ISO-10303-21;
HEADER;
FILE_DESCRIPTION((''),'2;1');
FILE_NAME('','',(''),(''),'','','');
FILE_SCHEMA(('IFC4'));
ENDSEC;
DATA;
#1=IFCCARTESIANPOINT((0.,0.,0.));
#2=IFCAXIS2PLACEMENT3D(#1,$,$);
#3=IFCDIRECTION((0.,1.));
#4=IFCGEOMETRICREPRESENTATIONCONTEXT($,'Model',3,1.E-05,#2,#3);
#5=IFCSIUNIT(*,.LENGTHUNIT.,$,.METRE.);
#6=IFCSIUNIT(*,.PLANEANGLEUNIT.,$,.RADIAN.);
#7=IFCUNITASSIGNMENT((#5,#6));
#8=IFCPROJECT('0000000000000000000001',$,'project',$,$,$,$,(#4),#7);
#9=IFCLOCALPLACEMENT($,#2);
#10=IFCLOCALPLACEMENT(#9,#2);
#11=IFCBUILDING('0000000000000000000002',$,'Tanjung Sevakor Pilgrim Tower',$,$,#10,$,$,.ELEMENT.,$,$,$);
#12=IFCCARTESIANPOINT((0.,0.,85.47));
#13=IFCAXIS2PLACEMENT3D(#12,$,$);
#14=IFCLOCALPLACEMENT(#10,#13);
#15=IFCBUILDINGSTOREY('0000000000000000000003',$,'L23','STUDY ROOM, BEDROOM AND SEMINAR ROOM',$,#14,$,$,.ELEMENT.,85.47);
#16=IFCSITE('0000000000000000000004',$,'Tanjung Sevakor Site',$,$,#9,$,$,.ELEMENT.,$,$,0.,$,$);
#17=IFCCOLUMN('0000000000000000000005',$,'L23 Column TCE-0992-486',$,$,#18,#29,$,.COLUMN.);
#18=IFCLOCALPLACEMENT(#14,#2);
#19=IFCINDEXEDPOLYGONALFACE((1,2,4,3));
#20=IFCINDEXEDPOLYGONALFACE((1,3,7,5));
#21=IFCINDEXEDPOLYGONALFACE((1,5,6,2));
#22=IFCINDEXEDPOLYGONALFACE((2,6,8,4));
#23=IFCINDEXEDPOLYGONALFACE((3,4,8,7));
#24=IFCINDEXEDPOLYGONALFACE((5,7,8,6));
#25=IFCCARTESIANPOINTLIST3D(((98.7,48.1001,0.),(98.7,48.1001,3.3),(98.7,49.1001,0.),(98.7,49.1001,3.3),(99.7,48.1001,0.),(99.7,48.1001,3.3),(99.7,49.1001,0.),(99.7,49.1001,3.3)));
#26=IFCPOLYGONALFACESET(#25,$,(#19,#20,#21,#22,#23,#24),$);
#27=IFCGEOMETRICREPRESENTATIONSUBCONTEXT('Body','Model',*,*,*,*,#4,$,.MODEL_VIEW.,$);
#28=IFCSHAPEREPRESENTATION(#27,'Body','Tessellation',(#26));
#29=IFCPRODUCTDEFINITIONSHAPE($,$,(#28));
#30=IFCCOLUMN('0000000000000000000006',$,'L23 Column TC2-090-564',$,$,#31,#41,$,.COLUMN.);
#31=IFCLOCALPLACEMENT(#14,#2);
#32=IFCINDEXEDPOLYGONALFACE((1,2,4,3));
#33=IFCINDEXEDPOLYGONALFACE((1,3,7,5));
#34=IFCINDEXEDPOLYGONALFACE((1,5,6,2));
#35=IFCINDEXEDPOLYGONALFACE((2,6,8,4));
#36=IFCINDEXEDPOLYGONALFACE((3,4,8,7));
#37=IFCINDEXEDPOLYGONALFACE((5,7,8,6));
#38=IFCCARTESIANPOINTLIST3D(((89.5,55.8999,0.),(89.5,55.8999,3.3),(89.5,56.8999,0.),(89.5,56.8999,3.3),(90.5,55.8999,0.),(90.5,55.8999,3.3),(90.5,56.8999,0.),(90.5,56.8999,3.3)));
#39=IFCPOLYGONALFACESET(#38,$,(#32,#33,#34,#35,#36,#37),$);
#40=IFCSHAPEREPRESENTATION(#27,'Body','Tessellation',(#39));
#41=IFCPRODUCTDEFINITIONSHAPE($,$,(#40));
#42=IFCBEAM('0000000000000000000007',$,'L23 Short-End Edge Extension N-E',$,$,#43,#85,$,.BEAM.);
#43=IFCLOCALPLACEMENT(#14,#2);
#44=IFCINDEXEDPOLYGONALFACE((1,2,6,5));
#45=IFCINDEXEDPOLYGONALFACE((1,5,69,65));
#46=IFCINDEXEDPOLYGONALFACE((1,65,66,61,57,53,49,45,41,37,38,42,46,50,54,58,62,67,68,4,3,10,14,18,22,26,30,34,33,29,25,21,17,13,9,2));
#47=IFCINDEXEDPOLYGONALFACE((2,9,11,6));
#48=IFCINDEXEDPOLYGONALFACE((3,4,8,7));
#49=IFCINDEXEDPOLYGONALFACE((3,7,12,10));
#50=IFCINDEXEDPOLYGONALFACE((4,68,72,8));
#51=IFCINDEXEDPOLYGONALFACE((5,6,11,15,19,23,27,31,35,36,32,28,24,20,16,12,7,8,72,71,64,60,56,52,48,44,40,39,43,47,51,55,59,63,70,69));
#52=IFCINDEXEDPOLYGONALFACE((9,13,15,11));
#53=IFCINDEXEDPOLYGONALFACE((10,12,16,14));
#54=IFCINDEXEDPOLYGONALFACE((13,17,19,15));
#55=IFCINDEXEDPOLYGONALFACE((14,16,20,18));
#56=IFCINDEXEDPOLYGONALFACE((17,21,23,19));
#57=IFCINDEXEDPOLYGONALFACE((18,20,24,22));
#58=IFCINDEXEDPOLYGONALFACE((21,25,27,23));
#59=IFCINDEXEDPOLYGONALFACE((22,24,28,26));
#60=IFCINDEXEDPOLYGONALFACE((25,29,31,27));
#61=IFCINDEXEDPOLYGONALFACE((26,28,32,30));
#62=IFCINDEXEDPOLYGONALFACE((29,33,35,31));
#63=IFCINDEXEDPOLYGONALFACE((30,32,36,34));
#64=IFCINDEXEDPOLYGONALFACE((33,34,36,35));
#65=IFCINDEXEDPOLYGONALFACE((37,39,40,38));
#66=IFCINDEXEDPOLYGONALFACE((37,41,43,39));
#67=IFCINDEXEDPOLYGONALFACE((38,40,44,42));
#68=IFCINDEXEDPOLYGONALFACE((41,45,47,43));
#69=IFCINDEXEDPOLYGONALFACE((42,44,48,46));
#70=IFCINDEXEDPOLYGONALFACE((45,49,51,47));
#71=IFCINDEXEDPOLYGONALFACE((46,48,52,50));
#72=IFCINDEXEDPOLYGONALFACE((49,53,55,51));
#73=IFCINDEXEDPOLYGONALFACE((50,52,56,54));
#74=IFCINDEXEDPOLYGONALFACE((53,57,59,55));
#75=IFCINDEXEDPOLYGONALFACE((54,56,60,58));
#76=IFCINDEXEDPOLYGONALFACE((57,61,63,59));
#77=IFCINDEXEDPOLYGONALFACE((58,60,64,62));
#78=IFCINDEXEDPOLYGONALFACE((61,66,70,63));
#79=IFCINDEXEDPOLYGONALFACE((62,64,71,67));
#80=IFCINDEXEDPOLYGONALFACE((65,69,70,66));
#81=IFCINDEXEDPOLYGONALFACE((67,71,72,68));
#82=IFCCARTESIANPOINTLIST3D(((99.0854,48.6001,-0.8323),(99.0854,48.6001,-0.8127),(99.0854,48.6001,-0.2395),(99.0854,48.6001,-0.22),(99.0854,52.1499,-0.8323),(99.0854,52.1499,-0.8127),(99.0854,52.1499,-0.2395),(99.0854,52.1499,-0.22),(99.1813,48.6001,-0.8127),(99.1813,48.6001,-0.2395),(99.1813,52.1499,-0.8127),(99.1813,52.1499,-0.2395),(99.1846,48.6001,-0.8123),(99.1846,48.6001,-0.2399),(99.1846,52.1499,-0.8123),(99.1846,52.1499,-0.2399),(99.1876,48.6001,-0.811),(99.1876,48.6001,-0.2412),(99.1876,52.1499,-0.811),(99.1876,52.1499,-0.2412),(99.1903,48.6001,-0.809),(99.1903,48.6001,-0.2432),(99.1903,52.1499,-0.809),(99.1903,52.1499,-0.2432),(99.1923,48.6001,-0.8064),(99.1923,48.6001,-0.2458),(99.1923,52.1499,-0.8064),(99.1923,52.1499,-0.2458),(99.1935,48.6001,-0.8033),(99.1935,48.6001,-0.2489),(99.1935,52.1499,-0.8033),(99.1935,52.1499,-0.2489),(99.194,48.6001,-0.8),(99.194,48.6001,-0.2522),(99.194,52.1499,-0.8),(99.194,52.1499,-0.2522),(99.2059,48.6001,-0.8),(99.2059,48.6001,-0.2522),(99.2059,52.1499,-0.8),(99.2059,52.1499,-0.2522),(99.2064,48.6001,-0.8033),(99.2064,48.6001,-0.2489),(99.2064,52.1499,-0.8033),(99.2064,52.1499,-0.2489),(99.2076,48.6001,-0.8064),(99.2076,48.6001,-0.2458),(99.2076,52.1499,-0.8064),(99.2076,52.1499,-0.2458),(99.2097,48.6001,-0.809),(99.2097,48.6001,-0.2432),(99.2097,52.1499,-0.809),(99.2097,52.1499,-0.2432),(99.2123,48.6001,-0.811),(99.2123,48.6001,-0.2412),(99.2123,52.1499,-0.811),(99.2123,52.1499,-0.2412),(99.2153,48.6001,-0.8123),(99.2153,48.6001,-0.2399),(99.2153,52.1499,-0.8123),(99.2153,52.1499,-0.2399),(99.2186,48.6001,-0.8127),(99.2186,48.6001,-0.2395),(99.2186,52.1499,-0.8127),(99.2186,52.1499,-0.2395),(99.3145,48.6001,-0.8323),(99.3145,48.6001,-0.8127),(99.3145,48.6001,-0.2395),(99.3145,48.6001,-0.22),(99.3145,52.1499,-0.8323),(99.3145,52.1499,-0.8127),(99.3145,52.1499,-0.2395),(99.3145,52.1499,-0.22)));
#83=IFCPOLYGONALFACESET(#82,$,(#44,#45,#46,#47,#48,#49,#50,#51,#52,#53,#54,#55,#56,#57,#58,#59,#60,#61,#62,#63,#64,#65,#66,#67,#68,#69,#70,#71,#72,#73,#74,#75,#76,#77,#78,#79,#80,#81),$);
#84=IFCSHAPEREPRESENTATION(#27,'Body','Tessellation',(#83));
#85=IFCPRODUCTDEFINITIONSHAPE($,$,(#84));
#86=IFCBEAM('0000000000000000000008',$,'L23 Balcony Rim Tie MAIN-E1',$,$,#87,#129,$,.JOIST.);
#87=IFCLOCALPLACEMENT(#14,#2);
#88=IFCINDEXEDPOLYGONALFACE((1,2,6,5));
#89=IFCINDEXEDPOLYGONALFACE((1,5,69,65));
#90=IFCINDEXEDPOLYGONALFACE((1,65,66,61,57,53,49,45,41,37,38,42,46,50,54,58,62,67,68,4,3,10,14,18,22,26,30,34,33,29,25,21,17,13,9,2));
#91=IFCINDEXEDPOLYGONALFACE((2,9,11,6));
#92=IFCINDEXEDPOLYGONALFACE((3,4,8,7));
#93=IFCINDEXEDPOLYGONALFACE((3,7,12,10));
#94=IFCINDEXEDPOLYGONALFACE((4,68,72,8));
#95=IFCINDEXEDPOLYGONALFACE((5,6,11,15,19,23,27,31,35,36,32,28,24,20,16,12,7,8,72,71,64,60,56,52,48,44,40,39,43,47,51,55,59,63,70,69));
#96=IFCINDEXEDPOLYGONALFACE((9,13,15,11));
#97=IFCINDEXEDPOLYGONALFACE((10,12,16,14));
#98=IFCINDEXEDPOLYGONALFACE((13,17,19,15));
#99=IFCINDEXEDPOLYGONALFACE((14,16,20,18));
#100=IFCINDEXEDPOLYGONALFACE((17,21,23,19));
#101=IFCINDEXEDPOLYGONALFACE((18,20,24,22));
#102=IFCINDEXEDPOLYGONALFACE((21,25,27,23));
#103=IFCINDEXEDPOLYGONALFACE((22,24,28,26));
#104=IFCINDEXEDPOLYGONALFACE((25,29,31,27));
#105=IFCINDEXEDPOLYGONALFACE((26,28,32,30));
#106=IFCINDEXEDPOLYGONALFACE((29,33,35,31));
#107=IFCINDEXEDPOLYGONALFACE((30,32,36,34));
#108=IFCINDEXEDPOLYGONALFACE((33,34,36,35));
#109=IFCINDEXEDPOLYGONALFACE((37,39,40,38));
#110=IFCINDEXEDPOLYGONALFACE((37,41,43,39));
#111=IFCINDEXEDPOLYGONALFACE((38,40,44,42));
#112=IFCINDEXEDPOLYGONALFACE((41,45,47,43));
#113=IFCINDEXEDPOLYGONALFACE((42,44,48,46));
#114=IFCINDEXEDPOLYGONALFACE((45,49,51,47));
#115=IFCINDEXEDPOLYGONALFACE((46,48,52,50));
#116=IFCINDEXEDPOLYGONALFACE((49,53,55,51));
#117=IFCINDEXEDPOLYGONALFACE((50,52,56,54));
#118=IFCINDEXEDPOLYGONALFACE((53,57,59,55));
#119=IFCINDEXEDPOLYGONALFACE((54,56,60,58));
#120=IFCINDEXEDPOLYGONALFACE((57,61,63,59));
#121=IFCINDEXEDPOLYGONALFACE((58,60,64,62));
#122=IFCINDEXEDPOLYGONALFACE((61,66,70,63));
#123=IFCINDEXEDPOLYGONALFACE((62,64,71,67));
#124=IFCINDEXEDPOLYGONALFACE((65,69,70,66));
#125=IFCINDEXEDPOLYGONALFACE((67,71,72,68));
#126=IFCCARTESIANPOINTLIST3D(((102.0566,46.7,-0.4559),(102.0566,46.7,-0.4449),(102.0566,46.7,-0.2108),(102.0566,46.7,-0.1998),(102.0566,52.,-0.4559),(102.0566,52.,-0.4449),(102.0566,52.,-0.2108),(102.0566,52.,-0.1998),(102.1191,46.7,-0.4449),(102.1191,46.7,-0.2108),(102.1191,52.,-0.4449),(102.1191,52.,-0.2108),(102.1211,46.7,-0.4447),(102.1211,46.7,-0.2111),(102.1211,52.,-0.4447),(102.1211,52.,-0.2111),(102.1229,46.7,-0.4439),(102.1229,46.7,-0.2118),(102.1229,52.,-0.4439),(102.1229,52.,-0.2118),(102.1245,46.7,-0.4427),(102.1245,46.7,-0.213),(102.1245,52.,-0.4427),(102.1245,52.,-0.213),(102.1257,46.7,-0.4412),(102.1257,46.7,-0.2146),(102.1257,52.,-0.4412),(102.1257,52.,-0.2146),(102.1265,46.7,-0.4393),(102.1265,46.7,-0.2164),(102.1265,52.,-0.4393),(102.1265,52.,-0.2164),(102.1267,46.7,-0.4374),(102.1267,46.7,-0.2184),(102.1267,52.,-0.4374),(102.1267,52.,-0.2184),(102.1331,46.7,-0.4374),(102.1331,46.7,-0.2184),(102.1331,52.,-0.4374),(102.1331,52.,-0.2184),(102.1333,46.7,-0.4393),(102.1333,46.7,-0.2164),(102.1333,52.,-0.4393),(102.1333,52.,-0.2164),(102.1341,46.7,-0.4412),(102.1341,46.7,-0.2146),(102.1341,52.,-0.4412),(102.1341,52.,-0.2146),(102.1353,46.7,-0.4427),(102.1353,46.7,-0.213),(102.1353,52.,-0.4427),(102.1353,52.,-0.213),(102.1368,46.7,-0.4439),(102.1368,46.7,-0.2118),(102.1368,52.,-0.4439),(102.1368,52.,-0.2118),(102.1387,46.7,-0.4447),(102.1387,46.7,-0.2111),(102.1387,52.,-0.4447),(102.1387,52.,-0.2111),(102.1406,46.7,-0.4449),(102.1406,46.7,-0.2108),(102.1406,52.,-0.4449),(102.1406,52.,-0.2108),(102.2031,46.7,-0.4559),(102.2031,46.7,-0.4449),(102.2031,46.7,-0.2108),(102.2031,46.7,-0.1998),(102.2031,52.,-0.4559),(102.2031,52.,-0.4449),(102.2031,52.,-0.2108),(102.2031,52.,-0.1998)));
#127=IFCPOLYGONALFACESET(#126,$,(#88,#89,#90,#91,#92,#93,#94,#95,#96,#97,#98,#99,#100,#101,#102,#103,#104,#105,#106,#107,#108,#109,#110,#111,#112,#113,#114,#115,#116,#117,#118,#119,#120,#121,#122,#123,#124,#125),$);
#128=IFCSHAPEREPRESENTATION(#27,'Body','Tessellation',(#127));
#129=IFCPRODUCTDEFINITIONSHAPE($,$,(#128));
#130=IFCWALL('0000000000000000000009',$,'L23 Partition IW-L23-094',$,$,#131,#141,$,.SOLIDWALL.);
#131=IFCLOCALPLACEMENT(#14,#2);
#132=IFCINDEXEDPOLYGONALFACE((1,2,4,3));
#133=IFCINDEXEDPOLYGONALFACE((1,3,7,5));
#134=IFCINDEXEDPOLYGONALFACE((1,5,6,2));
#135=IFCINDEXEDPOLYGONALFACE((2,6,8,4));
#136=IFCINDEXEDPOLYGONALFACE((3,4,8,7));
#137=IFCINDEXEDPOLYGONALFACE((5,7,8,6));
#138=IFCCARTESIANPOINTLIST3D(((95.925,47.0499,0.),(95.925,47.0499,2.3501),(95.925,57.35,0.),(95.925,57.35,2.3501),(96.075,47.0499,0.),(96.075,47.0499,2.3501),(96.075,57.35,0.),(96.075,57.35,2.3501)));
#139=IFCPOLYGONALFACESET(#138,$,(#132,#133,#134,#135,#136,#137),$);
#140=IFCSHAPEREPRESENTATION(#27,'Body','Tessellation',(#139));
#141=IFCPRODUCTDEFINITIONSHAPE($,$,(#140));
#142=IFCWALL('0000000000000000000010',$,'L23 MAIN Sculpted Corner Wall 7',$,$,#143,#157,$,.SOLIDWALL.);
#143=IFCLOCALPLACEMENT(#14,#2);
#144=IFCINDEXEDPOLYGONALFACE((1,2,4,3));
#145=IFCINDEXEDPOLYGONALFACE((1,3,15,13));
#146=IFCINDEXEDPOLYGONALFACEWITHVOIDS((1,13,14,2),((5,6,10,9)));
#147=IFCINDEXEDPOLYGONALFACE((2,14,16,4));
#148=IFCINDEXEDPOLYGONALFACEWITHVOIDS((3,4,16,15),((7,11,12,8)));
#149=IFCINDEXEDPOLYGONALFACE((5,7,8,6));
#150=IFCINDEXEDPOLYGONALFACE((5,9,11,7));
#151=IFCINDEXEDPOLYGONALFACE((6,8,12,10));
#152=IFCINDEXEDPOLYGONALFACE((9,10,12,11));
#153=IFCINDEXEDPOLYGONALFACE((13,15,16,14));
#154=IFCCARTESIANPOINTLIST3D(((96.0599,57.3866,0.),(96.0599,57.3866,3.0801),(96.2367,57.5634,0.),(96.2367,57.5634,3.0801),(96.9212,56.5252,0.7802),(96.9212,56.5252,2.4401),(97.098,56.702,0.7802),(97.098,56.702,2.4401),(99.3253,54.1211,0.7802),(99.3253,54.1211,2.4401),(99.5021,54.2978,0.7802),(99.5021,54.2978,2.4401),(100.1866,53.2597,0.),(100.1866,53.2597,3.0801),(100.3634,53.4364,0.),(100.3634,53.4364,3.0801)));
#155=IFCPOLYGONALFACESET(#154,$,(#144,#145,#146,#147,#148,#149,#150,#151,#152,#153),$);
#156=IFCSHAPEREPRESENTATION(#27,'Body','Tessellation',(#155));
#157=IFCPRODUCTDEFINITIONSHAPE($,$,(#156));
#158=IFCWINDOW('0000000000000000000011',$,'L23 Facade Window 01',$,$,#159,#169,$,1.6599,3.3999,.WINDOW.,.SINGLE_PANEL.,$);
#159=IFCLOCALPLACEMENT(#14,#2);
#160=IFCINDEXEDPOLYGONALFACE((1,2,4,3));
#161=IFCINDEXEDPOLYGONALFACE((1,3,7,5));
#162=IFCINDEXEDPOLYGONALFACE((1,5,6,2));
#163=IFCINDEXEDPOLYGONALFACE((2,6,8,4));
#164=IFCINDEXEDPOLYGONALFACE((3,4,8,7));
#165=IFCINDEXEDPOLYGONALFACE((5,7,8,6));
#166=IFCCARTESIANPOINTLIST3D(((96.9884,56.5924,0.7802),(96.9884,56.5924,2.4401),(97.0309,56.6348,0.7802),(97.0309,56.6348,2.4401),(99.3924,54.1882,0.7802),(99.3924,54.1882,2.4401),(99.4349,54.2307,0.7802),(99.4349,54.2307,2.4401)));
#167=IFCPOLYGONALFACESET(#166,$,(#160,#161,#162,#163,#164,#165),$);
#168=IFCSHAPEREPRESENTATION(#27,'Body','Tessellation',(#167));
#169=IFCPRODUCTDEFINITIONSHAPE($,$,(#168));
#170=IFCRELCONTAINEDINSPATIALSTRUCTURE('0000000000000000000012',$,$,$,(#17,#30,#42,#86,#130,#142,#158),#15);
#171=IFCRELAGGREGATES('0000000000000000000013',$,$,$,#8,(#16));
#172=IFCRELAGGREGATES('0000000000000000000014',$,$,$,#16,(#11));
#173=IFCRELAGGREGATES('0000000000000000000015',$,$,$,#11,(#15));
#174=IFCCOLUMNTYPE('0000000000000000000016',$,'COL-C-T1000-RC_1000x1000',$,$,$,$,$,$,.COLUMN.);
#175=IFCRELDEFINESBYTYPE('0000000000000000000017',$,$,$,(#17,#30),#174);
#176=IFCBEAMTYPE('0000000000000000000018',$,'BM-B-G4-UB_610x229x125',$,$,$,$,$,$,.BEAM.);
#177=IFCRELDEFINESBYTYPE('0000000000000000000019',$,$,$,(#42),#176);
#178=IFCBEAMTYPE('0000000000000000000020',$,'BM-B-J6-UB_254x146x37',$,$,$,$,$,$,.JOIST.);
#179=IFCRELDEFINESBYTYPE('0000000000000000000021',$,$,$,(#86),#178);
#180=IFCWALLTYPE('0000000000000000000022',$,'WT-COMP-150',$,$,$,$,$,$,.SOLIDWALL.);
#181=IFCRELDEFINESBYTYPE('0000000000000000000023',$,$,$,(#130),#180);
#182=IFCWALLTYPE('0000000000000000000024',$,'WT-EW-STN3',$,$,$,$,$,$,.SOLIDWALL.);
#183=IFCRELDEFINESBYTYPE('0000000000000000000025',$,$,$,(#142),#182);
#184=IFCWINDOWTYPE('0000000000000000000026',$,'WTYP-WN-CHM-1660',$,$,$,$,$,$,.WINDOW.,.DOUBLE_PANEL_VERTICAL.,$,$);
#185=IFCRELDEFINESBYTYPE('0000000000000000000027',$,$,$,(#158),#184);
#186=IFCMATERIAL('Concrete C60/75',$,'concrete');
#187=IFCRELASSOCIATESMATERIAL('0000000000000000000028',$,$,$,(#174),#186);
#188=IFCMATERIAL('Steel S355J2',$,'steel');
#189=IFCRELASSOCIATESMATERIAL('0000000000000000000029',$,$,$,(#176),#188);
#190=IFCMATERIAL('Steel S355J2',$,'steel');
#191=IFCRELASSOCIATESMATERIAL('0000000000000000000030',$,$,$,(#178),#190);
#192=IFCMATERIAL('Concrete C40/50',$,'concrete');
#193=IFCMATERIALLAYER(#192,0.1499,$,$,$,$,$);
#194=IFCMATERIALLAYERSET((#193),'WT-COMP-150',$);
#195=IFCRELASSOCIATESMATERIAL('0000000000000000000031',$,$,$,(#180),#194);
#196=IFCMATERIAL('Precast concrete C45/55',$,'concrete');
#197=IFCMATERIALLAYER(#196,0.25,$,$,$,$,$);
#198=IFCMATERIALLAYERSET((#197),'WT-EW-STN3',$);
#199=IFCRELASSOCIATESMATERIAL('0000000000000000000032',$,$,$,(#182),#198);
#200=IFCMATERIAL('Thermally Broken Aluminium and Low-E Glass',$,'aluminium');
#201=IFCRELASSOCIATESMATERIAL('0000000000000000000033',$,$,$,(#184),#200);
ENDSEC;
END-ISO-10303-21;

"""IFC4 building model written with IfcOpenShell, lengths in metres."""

from ifc_helpers import new_model, si_unit, direction, frame, frame_2d, origin, origin_2d, place, context, subcontext, project, spatial, rectangle, i_section, extrude, material, layer, layer_set, material_profile, profile_set, type_object, element, fill, save


model = new_model("IFC4")

# Units and contexts
model_context = context("Model", 3, precision=1e-05, world=origin(), true_north=direction((0.0, 1.0)))
body_context = subcontext(model_context, "Body", "Model", "MODEL_VIEW")
ifc_project = project(units=[si_unit("LENGTHUNIT", "METRE"), si_unit("PLANEANGLEUNIT", "RADIAN")], contexts=[model_context])

# Site, building, storey
site_placement = place(None, origin())
site = spatial("IfcSite", under=ifc_project, at=site_placement, Name="Tanjung Sevakor Site", CompositionType="ELEMENT", RefElevation=0.0)
building_placement = place(site_placement, origin())
building = spatial("IfcBuilding", under=site, at=building_placement, Name="Tanjung Sevakor Pilgrim Tower", CompositionType="ELEMENT")
storey_placement = place(building_placement, frame((0.0, 0.0, 85.47)))
storey = spatial("IfcBuildingStorey", under=building, at=storey_placement, Name="L23", Description="STUDY ROOM, BEDROOM AND SEMINAR ROOM", CompositionType="ELEMENT", Elevation=85.47)

# Columns
ifc_material_1 = material(Name="Concrete C60/75", Category="concrete")
ifc_material_profile_1 = material_profile(ifc_material_1, rectangle(XDim=1.0, YDim=1.0, at=origin_2d()))
ifc_profile_set_1 = profile_set([ifc_material_profile_1], Name="Concrete C60/75")
column_type = type_object("IfcColumnType", Name="COL-C-T1000-RC_1000x1000", PredefinedType="COLUMN", material=ifc_profile_set_1)
for number, where, z_axis, x_axis, name in (
    (1, (99.2, 48.6001, 0.0), (0.0, 0.0, 1.0), (1.0, 0.0, 0.0), "L23 Column TCE-0992-486"),
    (2, (90.0, 56.3999, 0.0), (0.0, 0.0, 1.0), (1.0, 0.0, 0.0), "L23 Column TC2-090-564"),
):
    element("IfcColumn", number, at=place(storey_placement, frame(where, z_axis=z_axis, x_axis=x_axis)), inside=storey, type_object=column_type, Name=name, PredefinedType="COLUMN", context=body_context, shape_type="SweptSolid", body=[
        extrude(rectangle(XDim=1.0, YDim=1.0, at=origin_2d()), origin(), (0.0, 0.0, 1.0), 3.3),
    ])

# Beams
ifc_material_2 = material(Name="Steel S355J2", Category="steel")
ifc_material_profile_2 = material_profile(ifc_material_2, i_section(OverallWidth=0.229, OverallDepth=0.6123, WebThickness=0.012, FlangeThickness=0.0195, FilletRadius=0.0127, at=origin_2d()))
ifc_profile_set_2 = profile_set([ifc_material_profile_2], Name="Steel S355J2")
beam_type_1 = type_object("IfcBeamType", Name="BM-B-G4-UB_610x229x125", PredefinedType="BEAM", material=ifc_profile_set_2)
beam_1_placement = place(storey_placement, frame((99.2, 48.6001, -0.5261), z_axis=(0.0, 1.0, 0.0), x_axis=(-1.0, 0.0, 0.0)))
element("IfcBeam", 3, at=beam_1_placement, inside=storey, type_object=beam_type_1, Name="L23 Short-End Edge Extension N-E", PredefinedType="BEAM", context=body_context, shape_type="SweptSolid", body=[
    extrude(i_section(OverallWidth=0.229, OverallDepth=0.6123, WebThickness=0.012, FlangeThickness=0.0195, FilletRadius=0.0127, at=origin_2d()), origin(), (0.0, 0.0, 1.0), 3.5498),
])
ifc_material_3 = material(Name="Steel S355J2", Category="steel")
ifc_material_profile_3 = material_profile(ifc_material_3, i_section(OverallWidth=0.1465, OverallDepth=0.2561, WebThickness=0.0063, FlangeThickness=0.011, FilletRadius=0.0076, at=origin_2d()))
ifc_profile_set_3 = profile_set([ifc_material_profile_3], Name="Steel S355J2")
beam_type_2 = type_object("IfcBeamType", Name="BM-B-J6-UB_254x146x37", PredefinedType="JOIST", material=ifc_profile_set_3)
beam_2_placement = place(storey_placement, frame((102.1299, 46.7, -0.3279), z_axis=(0.0, 1.0, 0.0), x_axis=(-1.0, 0.0, 0.0)))
element("IfcBeam", 4, at=beam_2_placement, inside=storey, type_object=beam_type_2, Name="L23 Balcony Rim Tie MAIN-E1", PredefinedType="JOIST", context=body_context, shape_type="SweptSolid", body=[
    extrude(i_section(OverallWidth=0.1465, OverallDepth=0.2561, WebThickness=0.0063, FlangeThickness=0.011, FilletRadius=0.0076, at=origin_2d()), origin(), (0.0, 0.0, 1.0), 5.3),
])

# Wall
ifc_material_4 = material(Name="Concrete C40/50", Category="concrete")
ifc_layer_1 = layer(ifc_material_4, 0.1499)
ifc_layer_set_1 = layer_set([ifc_layer_1], Name="WT-COMP-150")
wall_type_1 = type_object("IfcWallType", Name="WT-COMP-150", PredefinedType="SOLIDWALL", material=ifc_layer_set_1)
wall_1_placement = place(storey_placement, frame((96.0, 47.05, 0.0), z_axis=(0.0, 0.0, 1.0), x_axis=(0.0, 1.0, 0.0)))
element("IfcWall", 5, at=wall_1_placement, inside=storey, type_object=wall_type_1, Name="L23 Partition IW-L23-094", PredefinedType="SOLIDWALL", context=body_context, shape_type="SweptSolid", body=[
    extrude(rectangle(XDim=10.3, YDim=0.1499, at=frame_2d((5.1499, 0.0))), origin(), (0.0, 0.0, 1.0), 2.3501),
])

# Wall, opening, window
ifc_material_5 = material(Name="Precast concrete C45/55", Category="concrete")
ifc_layer_2 = layer(ifc_material_5, 0.25)
ifc_layer_set_2 = layer_set([ifc_layer_2], Name="WT-EW-STN3")
wall_type_2 = type_object("IfcWallType", Name="WT-EW-STN3", PredefinedType="SOLIDWALL", material=ifc_layer_set_2)
wall_2_placement = place(storey_placement, frame((100.2749, 53.3481, 0.0), z_axis=(0.0, 0.0, 1.0), x_axis=(-0.707086, 0.707128, 0.0)))
wall_2 = element("IfcWall", 6, at=wall_2_placement, inside=storey, type_object=wall_type_2, Name="L23 MAIN Sculpted Corner Wall 7", PredefinedType="SOLIDWALL", context=body_context, shape_type="SweptSolid", body=[
    extrude(rectangle(XDim=5.8362, YDim=0.25, at=frame_2d((2.918, 0.0))), origin(), (0.0, 0.0, 1.0), 3.0801),
])
opening_1_placement = place(wall_2_placement, frame((1.218, 0.0, 0.78)))
opening_1 = element("IfcOpeningElement", 7, at=opening_1_placement, cuts=wall_2, PredefinedType="OPENING", context=body_context, shape_type="SweptSolid", body=[
    extrude(rectangle(XDim=3.3999, YDim=1.6599, at=frame_2d((1.7, 0.8301))), frame((0.0, 0.135, 0.0), z_axis=(0.0, -1.0, 0.0), x_axis=(1.0, 0.0, 0.0)), (0.0, 0.0, 1.0), 0.27),
])
ifc_material_6 = material(Name="Thermally Broken Aluminium and Low-E Glass", Category="aluminium")
window_type_1 = type_object("IfcWindowType", Name="WTYP-WN-CHM-1660", PartitioningType="DOUBLE_PANEL_VERTICAL", PredefinedType="WINDOW", material=ifc_material_6)
window_1_placement = place(opening_1_placement, origin())
window_1 = element("IfcWindow", 8, at=window_1_placement, inside=storey, type_object=window_type_1, Name="L23 Facade Window 01", OverallHeight=1.6599, OverallWidth=3.3999, PartitioningType="SINGLE_PANEL", PredefinedType="WINDOW", context=body_context, shape_type="SweptSolid", body=[
    extrude(rectangle(XDim=3.3999, YDim=1.6599, at=frame_2d((1.7, 0.8301))), frame((0.0, 0.03, 0.0), z_axis=(0.0, -1.0, 0.0), x_axis=(1.0, 0.0, 0.0)), (0.0, 0.0, 1.0), 0.0601),
])
fill(opening_1, window_1)

save(model, "model.ifc")
